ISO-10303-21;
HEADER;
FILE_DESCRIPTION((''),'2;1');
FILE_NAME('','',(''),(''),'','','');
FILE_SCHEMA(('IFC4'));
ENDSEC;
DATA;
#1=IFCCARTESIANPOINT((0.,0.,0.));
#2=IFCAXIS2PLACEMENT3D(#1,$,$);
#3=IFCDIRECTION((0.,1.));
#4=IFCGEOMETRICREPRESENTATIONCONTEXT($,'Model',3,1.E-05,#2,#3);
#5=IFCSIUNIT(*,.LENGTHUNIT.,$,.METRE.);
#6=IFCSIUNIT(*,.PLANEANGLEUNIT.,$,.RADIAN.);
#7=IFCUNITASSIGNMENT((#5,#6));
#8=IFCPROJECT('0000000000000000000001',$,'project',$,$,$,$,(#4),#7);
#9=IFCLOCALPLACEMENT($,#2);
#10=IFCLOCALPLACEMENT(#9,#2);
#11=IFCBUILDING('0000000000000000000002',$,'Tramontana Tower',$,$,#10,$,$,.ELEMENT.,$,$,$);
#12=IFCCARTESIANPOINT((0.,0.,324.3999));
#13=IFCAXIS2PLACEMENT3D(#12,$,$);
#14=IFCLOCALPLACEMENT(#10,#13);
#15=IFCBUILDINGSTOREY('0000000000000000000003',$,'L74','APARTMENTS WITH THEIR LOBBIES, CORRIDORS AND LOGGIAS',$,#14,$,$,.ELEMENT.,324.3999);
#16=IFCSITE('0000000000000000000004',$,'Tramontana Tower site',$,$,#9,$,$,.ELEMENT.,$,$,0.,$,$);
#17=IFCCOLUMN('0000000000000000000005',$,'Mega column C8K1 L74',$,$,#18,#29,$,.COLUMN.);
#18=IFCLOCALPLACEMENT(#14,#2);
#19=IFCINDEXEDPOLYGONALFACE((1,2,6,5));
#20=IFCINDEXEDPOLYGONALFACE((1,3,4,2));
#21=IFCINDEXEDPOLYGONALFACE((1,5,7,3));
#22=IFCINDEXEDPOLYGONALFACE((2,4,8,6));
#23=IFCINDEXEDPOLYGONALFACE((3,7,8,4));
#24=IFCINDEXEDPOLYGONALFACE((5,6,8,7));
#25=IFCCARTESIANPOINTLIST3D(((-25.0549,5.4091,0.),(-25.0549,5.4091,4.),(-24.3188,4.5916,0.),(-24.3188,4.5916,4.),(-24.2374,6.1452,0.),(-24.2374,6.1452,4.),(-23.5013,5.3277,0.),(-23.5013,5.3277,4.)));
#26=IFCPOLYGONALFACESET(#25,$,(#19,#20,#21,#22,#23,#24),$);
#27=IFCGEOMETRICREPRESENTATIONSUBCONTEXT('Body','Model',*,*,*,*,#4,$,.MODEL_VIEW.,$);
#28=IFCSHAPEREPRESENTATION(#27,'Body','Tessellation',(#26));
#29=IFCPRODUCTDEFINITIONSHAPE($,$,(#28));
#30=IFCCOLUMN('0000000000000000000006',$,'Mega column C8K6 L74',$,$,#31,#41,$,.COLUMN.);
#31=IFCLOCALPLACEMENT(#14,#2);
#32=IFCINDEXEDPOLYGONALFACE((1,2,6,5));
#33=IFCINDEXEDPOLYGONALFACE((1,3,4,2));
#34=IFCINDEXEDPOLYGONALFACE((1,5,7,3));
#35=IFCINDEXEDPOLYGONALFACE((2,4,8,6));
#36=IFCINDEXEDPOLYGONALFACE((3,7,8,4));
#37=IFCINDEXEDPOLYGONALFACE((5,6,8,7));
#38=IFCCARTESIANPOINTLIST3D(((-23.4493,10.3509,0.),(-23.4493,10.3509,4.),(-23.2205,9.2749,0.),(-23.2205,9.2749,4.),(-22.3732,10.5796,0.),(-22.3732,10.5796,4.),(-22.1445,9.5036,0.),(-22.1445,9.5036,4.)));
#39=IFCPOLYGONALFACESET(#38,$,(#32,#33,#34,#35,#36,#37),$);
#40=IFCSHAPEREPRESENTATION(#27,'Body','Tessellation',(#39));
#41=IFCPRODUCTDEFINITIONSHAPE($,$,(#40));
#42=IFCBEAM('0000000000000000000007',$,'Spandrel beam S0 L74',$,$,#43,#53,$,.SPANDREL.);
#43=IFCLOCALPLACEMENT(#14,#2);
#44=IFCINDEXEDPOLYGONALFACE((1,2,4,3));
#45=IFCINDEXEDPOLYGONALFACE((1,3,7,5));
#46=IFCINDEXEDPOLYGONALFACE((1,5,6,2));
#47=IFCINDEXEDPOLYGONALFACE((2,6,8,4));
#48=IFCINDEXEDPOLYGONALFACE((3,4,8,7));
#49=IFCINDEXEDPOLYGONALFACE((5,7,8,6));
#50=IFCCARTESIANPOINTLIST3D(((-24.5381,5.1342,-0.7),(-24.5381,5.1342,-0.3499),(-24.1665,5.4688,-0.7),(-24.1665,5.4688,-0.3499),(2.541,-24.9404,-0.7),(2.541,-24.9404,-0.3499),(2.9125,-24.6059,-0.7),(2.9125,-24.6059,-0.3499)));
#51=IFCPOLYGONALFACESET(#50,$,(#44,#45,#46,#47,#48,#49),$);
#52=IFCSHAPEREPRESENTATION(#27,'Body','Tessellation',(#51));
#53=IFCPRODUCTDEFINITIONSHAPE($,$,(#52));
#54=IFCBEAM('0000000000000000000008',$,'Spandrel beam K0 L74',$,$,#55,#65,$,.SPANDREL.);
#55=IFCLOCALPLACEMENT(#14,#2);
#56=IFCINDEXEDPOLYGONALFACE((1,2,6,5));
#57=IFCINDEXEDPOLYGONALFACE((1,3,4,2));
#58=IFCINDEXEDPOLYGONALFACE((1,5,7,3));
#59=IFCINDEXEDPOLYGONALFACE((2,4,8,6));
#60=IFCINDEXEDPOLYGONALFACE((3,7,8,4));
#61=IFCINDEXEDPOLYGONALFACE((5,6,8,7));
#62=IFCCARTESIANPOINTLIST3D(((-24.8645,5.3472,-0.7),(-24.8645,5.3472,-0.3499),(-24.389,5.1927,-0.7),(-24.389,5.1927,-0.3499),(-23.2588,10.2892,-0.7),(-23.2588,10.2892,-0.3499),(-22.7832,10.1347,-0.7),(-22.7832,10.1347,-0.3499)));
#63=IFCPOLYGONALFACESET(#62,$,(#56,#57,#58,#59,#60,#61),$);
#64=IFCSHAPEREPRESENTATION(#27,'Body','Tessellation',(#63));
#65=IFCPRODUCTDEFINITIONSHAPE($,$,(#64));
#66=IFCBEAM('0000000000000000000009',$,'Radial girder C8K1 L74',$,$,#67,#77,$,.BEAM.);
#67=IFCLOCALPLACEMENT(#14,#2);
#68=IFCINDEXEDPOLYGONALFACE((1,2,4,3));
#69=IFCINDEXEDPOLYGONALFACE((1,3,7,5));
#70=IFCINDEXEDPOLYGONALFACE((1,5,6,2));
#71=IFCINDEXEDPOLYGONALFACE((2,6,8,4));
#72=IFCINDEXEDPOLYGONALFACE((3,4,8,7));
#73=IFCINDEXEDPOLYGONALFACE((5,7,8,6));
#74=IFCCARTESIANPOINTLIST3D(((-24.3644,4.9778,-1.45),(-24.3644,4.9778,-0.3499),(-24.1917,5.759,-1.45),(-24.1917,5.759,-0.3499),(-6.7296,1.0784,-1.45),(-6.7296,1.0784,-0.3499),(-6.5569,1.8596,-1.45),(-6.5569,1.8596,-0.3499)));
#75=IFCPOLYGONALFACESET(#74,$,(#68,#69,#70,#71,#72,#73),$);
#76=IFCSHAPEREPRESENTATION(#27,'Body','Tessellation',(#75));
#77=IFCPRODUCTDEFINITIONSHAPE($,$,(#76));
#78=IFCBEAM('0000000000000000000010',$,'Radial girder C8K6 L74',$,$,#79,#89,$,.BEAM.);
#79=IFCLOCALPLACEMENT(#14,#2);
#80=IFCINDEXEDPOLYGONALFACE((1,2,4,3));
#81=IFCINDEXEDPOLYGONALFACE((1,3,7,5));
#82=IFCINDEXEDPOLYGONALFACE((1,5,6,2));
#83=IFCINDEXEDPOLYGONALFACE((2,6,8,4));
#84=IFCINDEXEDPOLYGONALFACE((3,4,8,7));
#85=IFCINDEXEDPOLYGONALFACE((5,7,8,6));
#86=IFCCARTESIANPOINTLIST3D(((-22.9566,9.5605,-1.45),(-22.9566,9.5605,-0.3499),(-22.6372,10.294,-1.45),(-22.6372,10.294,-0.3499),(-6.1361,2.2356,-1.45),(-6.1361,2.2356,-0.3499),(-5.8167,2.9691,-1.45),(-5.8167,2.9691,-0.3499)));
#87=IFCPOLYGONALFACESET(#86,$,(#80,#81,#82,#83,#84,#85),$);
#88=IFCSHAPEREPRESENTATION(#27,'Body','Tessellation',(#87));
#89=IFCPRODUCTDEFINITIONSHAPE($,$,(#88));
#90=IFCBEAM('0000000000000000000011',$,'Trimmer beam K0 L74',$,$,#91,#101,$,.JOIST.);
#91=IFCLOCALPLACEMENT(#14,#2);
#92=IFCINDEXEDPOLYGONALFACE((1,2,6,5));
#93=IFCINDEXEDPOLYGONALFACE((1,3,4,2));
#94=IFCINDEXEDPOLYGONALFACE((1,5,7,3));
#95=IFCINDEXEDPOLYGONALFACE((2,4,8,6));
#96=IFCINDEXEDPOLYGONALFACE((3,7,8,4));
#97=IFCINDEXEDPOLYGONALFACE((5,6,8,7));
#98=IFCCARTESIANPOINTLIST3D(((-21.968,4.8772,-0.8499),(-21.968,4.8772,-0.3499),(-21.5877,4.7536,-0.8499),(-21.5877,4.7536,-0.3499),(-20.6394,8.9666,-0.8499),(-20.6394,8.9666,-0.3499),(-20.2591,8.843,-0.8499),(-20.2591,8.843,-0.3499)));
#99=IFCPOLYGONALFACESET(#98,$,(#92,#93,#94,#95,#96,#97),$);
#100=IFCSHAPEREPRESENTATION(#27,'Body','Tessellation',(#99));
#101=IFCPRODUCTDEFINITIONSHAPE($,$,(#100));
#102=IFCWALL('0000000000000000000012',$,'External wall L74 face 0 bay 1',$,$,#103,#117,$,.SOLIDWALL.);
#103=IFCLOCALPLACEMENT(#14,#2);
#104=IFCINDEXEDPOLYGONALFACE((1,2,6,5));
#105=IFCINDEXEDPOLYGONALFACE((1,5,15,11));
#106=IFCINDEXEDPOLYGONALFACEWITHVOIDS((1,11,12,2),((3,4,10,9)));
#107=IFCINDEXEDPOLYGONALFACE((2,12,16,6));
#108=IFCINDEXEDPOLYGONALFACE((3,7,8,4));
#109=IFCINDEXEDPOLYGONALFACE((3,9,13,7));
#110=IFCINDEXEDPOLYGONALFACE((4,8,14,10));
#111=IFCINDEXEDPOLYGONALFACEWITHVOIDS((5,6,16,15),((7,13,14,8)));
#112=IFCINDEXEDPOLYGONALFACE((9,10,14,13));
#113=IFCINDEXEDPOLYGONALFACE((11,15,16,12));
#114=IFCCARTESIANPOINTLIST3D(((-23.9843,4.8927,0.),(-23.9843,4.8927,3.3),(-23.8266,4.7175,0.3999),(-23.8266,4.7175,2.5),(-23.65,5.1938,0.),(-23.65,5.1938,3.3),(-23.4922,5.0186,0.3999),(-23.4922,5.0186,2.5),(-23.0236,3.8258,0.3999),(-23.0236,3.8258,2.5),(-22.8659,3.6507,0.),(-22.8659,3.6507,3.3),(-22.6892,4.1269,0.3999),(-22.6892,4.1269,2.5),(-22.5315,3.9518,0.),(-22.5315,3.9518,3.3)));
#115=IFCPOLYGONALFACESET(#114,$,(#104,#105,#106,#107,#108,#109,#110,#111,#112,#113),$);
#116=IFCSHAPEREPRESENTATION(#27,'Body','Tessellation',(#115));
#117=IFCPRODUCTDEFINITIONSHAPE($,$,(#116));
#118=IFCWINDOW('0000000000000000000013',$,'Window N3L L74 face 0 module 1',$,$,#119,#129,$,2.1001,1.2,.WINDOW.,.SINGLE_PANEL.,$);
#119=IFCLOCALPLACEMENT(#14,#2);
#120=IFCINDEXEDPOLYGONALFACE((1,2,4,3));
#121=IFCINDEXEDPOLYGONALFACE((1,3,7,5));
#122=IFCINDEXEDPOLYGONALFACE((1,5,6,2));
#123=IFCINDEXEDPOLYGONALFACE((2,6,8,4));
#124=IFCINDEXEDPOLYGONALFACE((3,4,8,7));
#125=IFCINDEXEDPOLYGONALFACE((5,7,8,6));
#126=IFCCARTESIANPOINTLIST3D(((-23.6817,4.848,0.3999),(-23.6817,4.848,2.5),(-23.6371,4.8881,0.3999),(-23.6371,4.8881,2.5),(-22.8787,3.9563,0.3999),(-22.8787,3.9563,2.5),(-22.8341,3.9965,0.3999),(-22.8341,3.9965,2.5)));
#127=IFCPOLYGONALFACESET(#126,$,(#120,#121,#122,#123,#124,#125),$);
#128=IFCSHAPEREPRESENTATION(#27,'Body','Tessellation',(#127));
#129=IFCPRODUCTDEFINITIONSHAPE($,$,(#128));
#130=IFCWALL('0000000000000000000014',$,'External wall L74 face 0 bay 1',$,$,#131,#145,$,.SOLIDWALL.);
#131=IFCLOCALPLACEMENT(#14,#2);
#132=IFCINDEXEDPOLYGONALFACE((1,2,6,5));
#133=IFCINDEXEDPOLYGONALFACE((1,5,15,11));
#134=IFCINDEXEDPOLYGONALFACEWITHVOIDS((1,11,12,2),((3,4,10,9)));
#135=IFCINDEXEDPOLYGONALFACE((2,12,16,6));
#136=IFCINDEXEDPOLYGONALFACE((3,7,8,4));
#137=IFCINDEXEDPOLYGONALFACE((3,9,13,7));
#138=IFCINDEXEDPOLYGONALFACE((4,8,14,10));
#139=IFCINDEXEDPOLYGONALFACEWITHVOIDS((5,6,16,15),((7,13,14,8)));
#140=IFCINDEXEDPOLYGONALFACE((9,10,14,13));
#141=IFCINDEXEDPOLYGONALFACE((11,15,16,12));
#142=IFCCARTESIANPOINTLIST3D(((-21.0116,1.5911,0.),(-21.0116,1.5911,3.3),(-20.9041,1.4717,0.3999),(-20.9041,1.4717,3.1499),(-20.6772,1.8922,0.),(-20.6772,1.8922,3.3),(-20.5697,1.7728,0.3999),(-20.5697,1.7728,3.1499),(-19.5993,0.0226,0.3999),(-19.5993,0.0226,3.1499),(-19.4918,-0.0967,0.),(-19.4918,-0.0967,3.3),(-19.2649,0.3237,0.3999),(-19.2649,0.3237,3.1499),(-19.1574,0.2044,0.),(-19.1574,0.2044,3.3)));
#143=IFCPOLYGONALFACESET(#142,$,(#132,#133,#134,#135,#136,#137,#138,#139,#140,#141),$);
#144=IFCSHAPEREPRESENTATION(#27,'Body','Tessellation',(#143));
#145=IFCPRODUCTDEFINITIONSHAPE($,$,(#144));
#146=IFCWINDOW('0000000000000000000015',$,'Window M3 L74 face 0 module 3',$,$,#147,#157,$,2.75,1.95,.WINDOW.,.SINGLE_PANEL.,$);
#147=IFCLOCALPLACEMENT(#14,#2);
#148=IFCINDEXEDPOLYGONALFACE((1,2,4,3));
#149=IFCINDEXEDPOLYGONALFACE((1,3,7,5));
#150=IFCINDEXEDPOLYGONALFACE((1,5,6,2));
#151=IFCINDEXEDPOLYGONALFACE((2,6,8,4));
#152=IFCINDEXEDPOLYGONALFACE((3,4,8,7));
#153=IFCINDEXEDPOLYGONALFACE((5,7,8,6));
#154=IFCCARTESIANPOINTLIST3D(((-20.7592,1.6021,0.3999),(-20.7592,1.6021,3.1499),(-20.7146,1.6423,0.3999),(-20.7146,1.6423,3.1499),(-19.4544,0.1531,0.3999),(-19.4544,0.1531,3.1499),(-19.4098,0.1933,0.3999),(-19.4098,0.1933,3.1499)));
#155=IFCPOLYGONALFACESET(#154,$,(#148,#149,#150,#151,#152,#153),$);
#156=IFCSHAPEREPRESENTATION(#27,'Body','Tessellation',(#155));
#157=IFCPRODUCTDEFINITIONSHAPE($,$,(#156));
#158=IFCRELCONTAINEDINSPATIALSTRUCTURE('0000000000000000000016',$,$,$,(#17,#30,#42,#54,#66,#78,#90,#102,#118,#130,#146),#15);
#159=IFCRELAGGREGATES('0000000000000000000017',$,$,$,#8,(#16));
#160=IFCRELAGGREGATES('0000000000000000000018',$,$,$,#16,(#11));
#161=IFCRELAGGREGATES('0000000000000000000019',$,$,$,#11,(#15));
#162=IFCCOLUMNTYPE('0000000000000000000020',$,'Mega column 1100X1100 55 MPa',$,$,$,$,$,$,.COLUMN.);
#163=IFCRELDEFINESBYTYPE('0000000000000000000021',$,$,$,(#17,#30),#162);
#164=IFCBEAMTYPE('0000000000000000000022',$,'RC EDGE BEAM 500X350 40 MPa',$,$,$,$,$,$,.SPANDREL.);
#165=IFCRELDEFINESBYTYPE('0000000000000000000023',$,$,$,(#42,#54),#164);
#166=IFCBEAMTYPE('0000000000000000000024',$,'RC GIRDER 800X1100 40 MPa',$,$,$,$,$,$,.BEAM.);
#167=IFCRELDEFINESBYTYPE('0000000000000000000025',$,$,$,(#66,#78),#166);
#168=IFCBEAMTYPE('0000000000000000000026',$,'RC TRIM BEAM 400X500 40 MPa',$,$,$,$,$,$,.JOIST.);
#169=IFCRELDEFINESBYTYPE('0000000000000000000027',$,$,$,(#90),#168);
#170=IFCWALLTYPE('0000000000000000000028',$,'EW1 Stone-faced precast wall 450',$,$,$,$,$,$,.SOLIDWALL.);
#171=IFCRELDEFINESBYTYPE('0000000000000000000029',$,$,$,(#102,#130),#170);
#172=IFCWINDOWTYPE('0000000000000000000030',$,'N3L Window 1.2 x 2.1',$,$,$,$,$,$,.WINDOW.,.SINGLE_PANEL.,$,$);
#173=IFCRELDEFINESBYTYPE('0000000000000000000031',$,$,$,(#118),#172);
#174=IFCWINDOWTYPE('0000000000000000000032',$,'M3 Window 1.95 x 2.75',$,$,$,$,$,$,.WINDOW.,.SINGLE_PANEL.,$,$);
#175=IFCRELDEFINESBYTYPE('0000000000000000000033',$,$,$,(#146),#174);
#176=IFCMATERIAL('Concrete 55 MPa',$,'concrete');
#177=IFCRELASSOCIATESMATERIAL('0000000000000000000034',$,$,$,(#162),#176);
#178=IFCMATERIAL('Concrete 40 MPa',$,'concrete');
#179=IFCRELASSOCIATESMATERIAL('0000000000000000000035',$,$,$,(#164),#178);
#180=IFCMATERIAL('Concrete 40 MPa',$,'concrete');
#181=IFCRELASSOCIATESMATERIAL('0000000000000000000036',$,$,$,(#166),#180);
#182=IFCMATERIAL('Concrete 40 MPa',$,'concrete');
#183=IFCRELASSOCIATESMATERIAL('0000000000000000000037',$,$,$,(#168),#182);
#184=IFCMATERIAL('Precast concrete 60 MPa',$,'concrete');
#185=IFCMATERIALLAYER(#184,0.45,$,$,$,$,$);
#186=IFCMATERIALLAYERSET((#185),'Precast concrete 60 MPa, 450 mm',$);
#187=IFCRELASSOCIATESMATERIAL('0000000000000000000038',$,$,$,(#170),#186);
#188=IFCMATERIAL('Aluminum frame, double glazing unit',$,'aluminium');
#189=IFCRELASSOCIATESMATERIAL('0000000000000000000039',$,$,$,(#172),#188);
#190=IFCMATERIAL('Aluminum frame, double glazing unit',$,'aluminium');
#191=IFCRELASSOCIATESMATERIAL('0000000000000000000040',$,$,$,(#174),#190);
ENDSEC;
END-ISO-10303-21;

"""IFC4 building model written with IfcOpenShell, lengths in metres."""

from ifc_helpers import new_model, si_unit, direction, frame, frame_2d, origin, origin_2d, place, context, subcontext, project, spatial, rectangle, extrude, material, layer, layer_set, material_profile, profile_set, type_object, element, fill, save


model = new_model("IFC4")

# Units and contexts
model_context = context("Model", 3, precision=1e-05, world=origin(), true_north=direction((0.0, 1.0)))
body_context = subcontext(model_context, "Body", "Model", "MODEL_VIEW")
ifc_project = project(units=[si_unit("LENGTHUNIT", "METRE"), si_unit("PLANEANGLEUNIT", "RADIAN")], contexts=[model_context])

# Site, building, storey
site_placement = place(None, origin())
site = spatial("IfcSite", under=ifc_project, at=site_placement, Name="Tramontana Tower site", CompositionType="ELEMENT", RefElevation=0.0)
building_placement = place(site_placement, origin())
building = spatial("IfcBuilding", under=site, at=building_placement, Name="Tramontana Tower", CompositionType="ELEMENT")
storey_placement = place(building_placement, frame((0.0, 0.0, 324.3999)))
storey = spatial("IfcBuildingStorey", under=building, at=storey_placement, Name="L74", Description="APARTMENTS WITH THEIR LOBBIES, CORRIDORS AND LOGGIAS", CompositionType="ELEMENT", Elevation=324.3999)

# Columns
ifc_material_1 = material(Name="Concrete 55 MPa", Category="concrete")
ifc_material_profile_1 = material_profile(ifc_material_1, rectangle(XDim=1.1001, YDim=1.1001, at=origin_2d()), Name="Mega column 1100X1100 55 MPa")
ifc_profile_set_1 = profile_set([ifc_material_profile_1], Name="Concrete 55 MPa")
column_type = type_object("IfcColumnType", Name="Mega column 1100X1100 55 MPa", PredefinedType="COLUMN", material=ifc_profile_set_1)
for number, where, z_axis, x_axis, name in (
    (1, (-24.2781, 5.3684, 0.0), (0.0, 0.0, 1.0), (0.669131, -0.743145, 0.0), "Mega column C8K1 L74"),
    (2, (-22.7969, 9.9272, 0.0), (0.0, 0.0, 1.0), (-0.978148, -0.207912, 0.0), "Mega column C8K6 L74"),
):
    element("IfcColumn", number, at=place(storey_placement, frame(where, z_axis=z_axis, x_axis=x_axis)), inside=storey, type_object=column_type, Name=name, PredefinedType="COLUMN", context=body_context, shape_type="SweptSolid", body=[
        extrude(rectangle(XDim=1.1001, YDim=1.1001, at=origin_2d()), origin(), (0.0, 0.0, 1.0), 4.0),
    ])

# Beams
ifc_material_2 = material(Name="Concrete 40 MPa", Category="concrete")
ifc_material_profile_2 = material_profile(ifc_material_2, rectangle(XDim=0.5, YDim=0.3501, at=origin_2d()), Name="RC EDGE BEAM 500X350 40 MPa")
ifc_profile_set_2 = profile_set([ifc_material_profile_2], Name="Concrete 40 MPa")
beam_type_1 = type_object("IfcBeamType", Name="RC EDGE BEAM 500X350 40 MPa", PredefinedType="SPANDREL", material=ifc_profile_set_2)
beam_1_placement = place(storey_placement, frame((-24.3523, 5.3015, -0.5249), z_axis=(0.669127, -0.743148, 0.0), x_axis=(0.743148, 0.669127, 0.0)))
element("IfcBeam", 3, at=beam_1_placement, inside=storey, type_object=beam_type_1, Name="Spandrel beam S0 L74", PredefinedType="SPANDREL", context=body_context, shape_type="SweptSolid", body=[
    extrude(rectangle(XDim=0.5, YDim=0.3501, at=origin_2d()), origin(), (0.0, 0.0, 1.0), 40.4692),
])
beam_2_placement = place(storey_placement, frame((-23.021, 10.2119, -0.5249), z_axis=(-0.309016, -0.951057, 0.0), x_axis=(0.951057, -0.309016, 0.0)))
element("IfcBeam", 4, at=beam_2_placement, inside=storey, type_object=beam_type_1, Name="Spandrel beam K0 L74", PredefinedType="SPANDREL", context=body_context, shape_type="SweptSolid", body=[
    extrude(rectangle(XDim=0.5, YDim=0.3501, at=origin_2d()), origin(), (0.0, 0.0, 1.0), 5.1963),
])
ifc_material_3 = material(Name="Concrete 40 MPa", Category="concrete")
ifc_material_profile_3 = material_profile(ifc_material_3, rectangle(XDim=0.8, YDim=1.1001, at=origin_2d()), Name="RC GIRDER 800X1100 40 MPa")
ifc_profile_set_3 = profile_set([ifc_material_profile_3], Name="Concrete 40 MPa")
beam_type_2 = type_object("IfcBeamType", Name="RC GIRDER 800X1100 40 MPa", PredefinedType="BEAM", material=ifc_profile_set_3)
beam_3_placement = place(storey_placement, frame((-24.2781, 5.3684, -0.8999), z_axis=(0.976414, -0.215906, 0.0), x_axis=(0.215906, 0.976414, 0.0)))
element("IfcBeam", 5, at=beam_3_placement, inside=storey, type_object=beam_type_2, Name="Radial girder C8K1 L74", PredefinedType="BEAM", context=body_context, shape_type="SweptSolid", body=[
    extrude(rectangle(XDim=0.8, YDim=1.1001, at=origin_2d()), origin(), (0.0, 0.0, 1.0), 18.0608),
])
beam_4_placement = place(storey_placement, frame((-22.7969, 9.9272, -0.8999), z_axis=(0.916837, -0.399261, 0.0), x_axis=(0.399261, 0.916837, 0.0)))
element("IfcBeam", 6, at=beam_4_placement, inside=storey, type_object=beam_type_2, Name="Radial girder C8K6 L74", PredefinedType="BEAM", context=body_context, shape_type="SweptSolid", body=[
    extrude(rectangle(XDim=0.8, YDim=1.1001, at=origin_2d()), origin(), (0.0, 0.0, 1.0), 18.3462),
])
ifc_material_4 = material(Name="Concrete 40 MPa", Category="concrete")
ifc_material_profile_4 = material_profile(ifc_material_4, rectangle(XDim=0.3999, YDim=0.5, at=origin_2d()), Name="RC TRIM BEAM 400X500 40 MPa")
ifc_profile_set_4 = profile_set([ifc_material_profile_4], Name="Concrete 40 MPa")
beam_type_3 = type_object("IfcBeamType", Name="RC TRIM BEAM 400X500 40 MPa", PredefinedType="JOIST", material=ifc_profile_set_4)
beam_5_placement = place(storey_placement, frame((-20.4492, 8.9048, -0.5999), z_axis=(-0.308996, -0.951063, 0.0), x_axis=(0.951063, -0.308996, 0.0)))
element("IfcBeam", 7, at=beam_5_placement, inside=storey, type_object=beam_type_3, Name="Trimmer beam K0 L74", PredefinedType="JOIST", context=body_context, shape_type="SweptSolid", body=[
    extrude(rectangle(XDim=0.3999, YDim=0.5, at=origin_2d()), origin(), (0.0, 0.0, 1.0), 4.2998),
])

# Walls, openings, windows
ifc_material_5 = material(Name="Precast concrete 60 MPa", Category="concrete")
ifc_layer_1 = layer(ifc_material_5, 0.45)
ifc_layer_set_1 = layer_set([ifc_layer_1], Name="Precast concrete 60 MPa, 450 mm")
wall_type_1 = type_object("IfcWallType", Name="EW1 Stone-faced precast wall 450", PredefinedType="SOLIDWALL", material=ifc_layer_set_1)
wall_1_placement = place(storey_placement, frame((-23.8171, 5.0432, 0.0), z_axis=(0.0, 0.0, 1.0), x_axis=(0.669183, -0.743098, 0.0)))
wall_1 = element("IfcWall", 8, at=wall_1_placement, inside=storey, type_object=wall_type_1, Name="External wall L74 face 0 bay 1", PredefinedType="SOLIDWALL", context=body_context, shape_type="SweptSolid", body=[
    extrude(rectangle(XDim=1.6714, YDim=0.45, at=frame_2d((0.8357, 0.0))), origin(), (0.0, 0.0, 1.0), 3.3),
])
opening_1_placement = place(wall_1_placement, frame((0.2356, 0.0, 0.3999)))
opening_1 = element("IfcOpeningElement", 9, at=opening_1_placement, cuts=wall_1, PredefinedType="OPENING", context=body_context, shape_type="SweptSolid", body=[
    extrude(rectangle(XDim=1.2, YDim=2.1001, at=frame_2d((0.6001, 1.05))), frame((0.0, 0.2349, 0.0), z_axis=(0.0, -1.0, 0.0), x_axis=(1.0, 0.0, 0.0)), (0.0, 0.0, 1.0), 0.47),
])
ifc_material_6 = material(Name="Aluminum frame, double glazing unit", Category="aluminium")
window_type_1 = type_object("IfcWindowType", Name="N3L Window 1.2 x 2.1", PartitioningType="SINGLE_PANEL", PredefinedType="WINDOW", material=ifc_material_6)
window_1_placement = place(opening_1_placement, origin())
window_1 = element("IfcWindow", 10, at=window_1_placement, inside=storey, type_object=window_type_1, Name="Window N3L L74 face 0 module 1", OverallHeight=2.1001, OverallWidth=1.2, PartitioningType="SINGLE_PANEL", PredefinedType="WINDOW", context=body_context, shape_type="SweptSolid", body=[
    extrude(rectangle(XDim=1.2, YDim=2.1001, at=frame_2d((0.6001, 1.05))), frame((0.0, 0.03, 0.0), z_axis=(0.0, -1.0, 0.0), x_axis=(1.0, 0.0, 0.0)), (0.0, 0.0, 1.0), 0.0601),
])
fill(opening_1, window_1)
wall_2_placement = place(storey_placement, frame((-20.8445, 1.7417, 0.0), z_axis=(0.0, 0.0, 1.0), x_axis=(0.669161, -0.743118, 0.0)))
wall_2 = element("IfcWall", 11, at=wall_2_placement, inside=storey, type_object=wall_type_1, Name="External wall L74 face 0 bay 1", PredefinedType="SOLIDWALL", context=body_context, shape_type="SweptSolid", body=[
    extrude(rectangle(XDim=2.2712, YDim=0.45, at=frame_2d((1.1357, 0.0))), origin(), (0.0, 0.0, 1.0), 3.3),
])
opening_2_placement = place(wall_2_placement, frame((0.1606, 0.0, 0.3999)))
opening_2 = element("IfcOpeningElement", 12, at=opening_2_placement, cuts=wall_2, PredefinedType="OPENING", context=body_context, shape_type="SweptSolid", body=[
    extrude(rectangle(XDim=1.95, YDim=2.75, at=frame_2d((0.9751, 1.375))), frame((0.0, 0.2349, 0.0), z_axis=(0.0, -1.0, 0.0), x_axis=(1.0, 0.0, 0.0)), (0.0, 0.0, 1.0), 0.47),
])
ifc_material_7 = material(Name="Aluminum frame, double glazing unit", Category="aluminium")
window_type_2 = type_object("IfcWindowType", Name="M3 Window 1.95 x 2.75", PartitioningType="SINGLE_PANEL", PredefinedType="WINDOW", material=ifc_material_7)
window_2_placement = place(opening_2_placement, origin())
window_2 = element("IfcWindow", 13, at=window_2_placement, inside=storey, type_object=window_type_2, Name="Window M3 L74 face 0 module 3", OverallHeight=2.75, OverallWidth=1.95, PartitioningType="SINGLE_PANEL", PredefinedType="WINDOW", context=body_context, shape_type="SweptSolid", body=[
    extrude(rectangle(XDim=1.95, YDim=2.75, at=frame_2d((0.9751, 1.375))), frame((0.0, 0.03, 0.0), z_axis=(0.0, -1.0, 0.0), x_axis=(1.0, 0.0, 0.0)), (0.0, 0.0, 1.0), 0.0601),
])
fill(opening_2, window_2)

save(model, "model.ifc")
